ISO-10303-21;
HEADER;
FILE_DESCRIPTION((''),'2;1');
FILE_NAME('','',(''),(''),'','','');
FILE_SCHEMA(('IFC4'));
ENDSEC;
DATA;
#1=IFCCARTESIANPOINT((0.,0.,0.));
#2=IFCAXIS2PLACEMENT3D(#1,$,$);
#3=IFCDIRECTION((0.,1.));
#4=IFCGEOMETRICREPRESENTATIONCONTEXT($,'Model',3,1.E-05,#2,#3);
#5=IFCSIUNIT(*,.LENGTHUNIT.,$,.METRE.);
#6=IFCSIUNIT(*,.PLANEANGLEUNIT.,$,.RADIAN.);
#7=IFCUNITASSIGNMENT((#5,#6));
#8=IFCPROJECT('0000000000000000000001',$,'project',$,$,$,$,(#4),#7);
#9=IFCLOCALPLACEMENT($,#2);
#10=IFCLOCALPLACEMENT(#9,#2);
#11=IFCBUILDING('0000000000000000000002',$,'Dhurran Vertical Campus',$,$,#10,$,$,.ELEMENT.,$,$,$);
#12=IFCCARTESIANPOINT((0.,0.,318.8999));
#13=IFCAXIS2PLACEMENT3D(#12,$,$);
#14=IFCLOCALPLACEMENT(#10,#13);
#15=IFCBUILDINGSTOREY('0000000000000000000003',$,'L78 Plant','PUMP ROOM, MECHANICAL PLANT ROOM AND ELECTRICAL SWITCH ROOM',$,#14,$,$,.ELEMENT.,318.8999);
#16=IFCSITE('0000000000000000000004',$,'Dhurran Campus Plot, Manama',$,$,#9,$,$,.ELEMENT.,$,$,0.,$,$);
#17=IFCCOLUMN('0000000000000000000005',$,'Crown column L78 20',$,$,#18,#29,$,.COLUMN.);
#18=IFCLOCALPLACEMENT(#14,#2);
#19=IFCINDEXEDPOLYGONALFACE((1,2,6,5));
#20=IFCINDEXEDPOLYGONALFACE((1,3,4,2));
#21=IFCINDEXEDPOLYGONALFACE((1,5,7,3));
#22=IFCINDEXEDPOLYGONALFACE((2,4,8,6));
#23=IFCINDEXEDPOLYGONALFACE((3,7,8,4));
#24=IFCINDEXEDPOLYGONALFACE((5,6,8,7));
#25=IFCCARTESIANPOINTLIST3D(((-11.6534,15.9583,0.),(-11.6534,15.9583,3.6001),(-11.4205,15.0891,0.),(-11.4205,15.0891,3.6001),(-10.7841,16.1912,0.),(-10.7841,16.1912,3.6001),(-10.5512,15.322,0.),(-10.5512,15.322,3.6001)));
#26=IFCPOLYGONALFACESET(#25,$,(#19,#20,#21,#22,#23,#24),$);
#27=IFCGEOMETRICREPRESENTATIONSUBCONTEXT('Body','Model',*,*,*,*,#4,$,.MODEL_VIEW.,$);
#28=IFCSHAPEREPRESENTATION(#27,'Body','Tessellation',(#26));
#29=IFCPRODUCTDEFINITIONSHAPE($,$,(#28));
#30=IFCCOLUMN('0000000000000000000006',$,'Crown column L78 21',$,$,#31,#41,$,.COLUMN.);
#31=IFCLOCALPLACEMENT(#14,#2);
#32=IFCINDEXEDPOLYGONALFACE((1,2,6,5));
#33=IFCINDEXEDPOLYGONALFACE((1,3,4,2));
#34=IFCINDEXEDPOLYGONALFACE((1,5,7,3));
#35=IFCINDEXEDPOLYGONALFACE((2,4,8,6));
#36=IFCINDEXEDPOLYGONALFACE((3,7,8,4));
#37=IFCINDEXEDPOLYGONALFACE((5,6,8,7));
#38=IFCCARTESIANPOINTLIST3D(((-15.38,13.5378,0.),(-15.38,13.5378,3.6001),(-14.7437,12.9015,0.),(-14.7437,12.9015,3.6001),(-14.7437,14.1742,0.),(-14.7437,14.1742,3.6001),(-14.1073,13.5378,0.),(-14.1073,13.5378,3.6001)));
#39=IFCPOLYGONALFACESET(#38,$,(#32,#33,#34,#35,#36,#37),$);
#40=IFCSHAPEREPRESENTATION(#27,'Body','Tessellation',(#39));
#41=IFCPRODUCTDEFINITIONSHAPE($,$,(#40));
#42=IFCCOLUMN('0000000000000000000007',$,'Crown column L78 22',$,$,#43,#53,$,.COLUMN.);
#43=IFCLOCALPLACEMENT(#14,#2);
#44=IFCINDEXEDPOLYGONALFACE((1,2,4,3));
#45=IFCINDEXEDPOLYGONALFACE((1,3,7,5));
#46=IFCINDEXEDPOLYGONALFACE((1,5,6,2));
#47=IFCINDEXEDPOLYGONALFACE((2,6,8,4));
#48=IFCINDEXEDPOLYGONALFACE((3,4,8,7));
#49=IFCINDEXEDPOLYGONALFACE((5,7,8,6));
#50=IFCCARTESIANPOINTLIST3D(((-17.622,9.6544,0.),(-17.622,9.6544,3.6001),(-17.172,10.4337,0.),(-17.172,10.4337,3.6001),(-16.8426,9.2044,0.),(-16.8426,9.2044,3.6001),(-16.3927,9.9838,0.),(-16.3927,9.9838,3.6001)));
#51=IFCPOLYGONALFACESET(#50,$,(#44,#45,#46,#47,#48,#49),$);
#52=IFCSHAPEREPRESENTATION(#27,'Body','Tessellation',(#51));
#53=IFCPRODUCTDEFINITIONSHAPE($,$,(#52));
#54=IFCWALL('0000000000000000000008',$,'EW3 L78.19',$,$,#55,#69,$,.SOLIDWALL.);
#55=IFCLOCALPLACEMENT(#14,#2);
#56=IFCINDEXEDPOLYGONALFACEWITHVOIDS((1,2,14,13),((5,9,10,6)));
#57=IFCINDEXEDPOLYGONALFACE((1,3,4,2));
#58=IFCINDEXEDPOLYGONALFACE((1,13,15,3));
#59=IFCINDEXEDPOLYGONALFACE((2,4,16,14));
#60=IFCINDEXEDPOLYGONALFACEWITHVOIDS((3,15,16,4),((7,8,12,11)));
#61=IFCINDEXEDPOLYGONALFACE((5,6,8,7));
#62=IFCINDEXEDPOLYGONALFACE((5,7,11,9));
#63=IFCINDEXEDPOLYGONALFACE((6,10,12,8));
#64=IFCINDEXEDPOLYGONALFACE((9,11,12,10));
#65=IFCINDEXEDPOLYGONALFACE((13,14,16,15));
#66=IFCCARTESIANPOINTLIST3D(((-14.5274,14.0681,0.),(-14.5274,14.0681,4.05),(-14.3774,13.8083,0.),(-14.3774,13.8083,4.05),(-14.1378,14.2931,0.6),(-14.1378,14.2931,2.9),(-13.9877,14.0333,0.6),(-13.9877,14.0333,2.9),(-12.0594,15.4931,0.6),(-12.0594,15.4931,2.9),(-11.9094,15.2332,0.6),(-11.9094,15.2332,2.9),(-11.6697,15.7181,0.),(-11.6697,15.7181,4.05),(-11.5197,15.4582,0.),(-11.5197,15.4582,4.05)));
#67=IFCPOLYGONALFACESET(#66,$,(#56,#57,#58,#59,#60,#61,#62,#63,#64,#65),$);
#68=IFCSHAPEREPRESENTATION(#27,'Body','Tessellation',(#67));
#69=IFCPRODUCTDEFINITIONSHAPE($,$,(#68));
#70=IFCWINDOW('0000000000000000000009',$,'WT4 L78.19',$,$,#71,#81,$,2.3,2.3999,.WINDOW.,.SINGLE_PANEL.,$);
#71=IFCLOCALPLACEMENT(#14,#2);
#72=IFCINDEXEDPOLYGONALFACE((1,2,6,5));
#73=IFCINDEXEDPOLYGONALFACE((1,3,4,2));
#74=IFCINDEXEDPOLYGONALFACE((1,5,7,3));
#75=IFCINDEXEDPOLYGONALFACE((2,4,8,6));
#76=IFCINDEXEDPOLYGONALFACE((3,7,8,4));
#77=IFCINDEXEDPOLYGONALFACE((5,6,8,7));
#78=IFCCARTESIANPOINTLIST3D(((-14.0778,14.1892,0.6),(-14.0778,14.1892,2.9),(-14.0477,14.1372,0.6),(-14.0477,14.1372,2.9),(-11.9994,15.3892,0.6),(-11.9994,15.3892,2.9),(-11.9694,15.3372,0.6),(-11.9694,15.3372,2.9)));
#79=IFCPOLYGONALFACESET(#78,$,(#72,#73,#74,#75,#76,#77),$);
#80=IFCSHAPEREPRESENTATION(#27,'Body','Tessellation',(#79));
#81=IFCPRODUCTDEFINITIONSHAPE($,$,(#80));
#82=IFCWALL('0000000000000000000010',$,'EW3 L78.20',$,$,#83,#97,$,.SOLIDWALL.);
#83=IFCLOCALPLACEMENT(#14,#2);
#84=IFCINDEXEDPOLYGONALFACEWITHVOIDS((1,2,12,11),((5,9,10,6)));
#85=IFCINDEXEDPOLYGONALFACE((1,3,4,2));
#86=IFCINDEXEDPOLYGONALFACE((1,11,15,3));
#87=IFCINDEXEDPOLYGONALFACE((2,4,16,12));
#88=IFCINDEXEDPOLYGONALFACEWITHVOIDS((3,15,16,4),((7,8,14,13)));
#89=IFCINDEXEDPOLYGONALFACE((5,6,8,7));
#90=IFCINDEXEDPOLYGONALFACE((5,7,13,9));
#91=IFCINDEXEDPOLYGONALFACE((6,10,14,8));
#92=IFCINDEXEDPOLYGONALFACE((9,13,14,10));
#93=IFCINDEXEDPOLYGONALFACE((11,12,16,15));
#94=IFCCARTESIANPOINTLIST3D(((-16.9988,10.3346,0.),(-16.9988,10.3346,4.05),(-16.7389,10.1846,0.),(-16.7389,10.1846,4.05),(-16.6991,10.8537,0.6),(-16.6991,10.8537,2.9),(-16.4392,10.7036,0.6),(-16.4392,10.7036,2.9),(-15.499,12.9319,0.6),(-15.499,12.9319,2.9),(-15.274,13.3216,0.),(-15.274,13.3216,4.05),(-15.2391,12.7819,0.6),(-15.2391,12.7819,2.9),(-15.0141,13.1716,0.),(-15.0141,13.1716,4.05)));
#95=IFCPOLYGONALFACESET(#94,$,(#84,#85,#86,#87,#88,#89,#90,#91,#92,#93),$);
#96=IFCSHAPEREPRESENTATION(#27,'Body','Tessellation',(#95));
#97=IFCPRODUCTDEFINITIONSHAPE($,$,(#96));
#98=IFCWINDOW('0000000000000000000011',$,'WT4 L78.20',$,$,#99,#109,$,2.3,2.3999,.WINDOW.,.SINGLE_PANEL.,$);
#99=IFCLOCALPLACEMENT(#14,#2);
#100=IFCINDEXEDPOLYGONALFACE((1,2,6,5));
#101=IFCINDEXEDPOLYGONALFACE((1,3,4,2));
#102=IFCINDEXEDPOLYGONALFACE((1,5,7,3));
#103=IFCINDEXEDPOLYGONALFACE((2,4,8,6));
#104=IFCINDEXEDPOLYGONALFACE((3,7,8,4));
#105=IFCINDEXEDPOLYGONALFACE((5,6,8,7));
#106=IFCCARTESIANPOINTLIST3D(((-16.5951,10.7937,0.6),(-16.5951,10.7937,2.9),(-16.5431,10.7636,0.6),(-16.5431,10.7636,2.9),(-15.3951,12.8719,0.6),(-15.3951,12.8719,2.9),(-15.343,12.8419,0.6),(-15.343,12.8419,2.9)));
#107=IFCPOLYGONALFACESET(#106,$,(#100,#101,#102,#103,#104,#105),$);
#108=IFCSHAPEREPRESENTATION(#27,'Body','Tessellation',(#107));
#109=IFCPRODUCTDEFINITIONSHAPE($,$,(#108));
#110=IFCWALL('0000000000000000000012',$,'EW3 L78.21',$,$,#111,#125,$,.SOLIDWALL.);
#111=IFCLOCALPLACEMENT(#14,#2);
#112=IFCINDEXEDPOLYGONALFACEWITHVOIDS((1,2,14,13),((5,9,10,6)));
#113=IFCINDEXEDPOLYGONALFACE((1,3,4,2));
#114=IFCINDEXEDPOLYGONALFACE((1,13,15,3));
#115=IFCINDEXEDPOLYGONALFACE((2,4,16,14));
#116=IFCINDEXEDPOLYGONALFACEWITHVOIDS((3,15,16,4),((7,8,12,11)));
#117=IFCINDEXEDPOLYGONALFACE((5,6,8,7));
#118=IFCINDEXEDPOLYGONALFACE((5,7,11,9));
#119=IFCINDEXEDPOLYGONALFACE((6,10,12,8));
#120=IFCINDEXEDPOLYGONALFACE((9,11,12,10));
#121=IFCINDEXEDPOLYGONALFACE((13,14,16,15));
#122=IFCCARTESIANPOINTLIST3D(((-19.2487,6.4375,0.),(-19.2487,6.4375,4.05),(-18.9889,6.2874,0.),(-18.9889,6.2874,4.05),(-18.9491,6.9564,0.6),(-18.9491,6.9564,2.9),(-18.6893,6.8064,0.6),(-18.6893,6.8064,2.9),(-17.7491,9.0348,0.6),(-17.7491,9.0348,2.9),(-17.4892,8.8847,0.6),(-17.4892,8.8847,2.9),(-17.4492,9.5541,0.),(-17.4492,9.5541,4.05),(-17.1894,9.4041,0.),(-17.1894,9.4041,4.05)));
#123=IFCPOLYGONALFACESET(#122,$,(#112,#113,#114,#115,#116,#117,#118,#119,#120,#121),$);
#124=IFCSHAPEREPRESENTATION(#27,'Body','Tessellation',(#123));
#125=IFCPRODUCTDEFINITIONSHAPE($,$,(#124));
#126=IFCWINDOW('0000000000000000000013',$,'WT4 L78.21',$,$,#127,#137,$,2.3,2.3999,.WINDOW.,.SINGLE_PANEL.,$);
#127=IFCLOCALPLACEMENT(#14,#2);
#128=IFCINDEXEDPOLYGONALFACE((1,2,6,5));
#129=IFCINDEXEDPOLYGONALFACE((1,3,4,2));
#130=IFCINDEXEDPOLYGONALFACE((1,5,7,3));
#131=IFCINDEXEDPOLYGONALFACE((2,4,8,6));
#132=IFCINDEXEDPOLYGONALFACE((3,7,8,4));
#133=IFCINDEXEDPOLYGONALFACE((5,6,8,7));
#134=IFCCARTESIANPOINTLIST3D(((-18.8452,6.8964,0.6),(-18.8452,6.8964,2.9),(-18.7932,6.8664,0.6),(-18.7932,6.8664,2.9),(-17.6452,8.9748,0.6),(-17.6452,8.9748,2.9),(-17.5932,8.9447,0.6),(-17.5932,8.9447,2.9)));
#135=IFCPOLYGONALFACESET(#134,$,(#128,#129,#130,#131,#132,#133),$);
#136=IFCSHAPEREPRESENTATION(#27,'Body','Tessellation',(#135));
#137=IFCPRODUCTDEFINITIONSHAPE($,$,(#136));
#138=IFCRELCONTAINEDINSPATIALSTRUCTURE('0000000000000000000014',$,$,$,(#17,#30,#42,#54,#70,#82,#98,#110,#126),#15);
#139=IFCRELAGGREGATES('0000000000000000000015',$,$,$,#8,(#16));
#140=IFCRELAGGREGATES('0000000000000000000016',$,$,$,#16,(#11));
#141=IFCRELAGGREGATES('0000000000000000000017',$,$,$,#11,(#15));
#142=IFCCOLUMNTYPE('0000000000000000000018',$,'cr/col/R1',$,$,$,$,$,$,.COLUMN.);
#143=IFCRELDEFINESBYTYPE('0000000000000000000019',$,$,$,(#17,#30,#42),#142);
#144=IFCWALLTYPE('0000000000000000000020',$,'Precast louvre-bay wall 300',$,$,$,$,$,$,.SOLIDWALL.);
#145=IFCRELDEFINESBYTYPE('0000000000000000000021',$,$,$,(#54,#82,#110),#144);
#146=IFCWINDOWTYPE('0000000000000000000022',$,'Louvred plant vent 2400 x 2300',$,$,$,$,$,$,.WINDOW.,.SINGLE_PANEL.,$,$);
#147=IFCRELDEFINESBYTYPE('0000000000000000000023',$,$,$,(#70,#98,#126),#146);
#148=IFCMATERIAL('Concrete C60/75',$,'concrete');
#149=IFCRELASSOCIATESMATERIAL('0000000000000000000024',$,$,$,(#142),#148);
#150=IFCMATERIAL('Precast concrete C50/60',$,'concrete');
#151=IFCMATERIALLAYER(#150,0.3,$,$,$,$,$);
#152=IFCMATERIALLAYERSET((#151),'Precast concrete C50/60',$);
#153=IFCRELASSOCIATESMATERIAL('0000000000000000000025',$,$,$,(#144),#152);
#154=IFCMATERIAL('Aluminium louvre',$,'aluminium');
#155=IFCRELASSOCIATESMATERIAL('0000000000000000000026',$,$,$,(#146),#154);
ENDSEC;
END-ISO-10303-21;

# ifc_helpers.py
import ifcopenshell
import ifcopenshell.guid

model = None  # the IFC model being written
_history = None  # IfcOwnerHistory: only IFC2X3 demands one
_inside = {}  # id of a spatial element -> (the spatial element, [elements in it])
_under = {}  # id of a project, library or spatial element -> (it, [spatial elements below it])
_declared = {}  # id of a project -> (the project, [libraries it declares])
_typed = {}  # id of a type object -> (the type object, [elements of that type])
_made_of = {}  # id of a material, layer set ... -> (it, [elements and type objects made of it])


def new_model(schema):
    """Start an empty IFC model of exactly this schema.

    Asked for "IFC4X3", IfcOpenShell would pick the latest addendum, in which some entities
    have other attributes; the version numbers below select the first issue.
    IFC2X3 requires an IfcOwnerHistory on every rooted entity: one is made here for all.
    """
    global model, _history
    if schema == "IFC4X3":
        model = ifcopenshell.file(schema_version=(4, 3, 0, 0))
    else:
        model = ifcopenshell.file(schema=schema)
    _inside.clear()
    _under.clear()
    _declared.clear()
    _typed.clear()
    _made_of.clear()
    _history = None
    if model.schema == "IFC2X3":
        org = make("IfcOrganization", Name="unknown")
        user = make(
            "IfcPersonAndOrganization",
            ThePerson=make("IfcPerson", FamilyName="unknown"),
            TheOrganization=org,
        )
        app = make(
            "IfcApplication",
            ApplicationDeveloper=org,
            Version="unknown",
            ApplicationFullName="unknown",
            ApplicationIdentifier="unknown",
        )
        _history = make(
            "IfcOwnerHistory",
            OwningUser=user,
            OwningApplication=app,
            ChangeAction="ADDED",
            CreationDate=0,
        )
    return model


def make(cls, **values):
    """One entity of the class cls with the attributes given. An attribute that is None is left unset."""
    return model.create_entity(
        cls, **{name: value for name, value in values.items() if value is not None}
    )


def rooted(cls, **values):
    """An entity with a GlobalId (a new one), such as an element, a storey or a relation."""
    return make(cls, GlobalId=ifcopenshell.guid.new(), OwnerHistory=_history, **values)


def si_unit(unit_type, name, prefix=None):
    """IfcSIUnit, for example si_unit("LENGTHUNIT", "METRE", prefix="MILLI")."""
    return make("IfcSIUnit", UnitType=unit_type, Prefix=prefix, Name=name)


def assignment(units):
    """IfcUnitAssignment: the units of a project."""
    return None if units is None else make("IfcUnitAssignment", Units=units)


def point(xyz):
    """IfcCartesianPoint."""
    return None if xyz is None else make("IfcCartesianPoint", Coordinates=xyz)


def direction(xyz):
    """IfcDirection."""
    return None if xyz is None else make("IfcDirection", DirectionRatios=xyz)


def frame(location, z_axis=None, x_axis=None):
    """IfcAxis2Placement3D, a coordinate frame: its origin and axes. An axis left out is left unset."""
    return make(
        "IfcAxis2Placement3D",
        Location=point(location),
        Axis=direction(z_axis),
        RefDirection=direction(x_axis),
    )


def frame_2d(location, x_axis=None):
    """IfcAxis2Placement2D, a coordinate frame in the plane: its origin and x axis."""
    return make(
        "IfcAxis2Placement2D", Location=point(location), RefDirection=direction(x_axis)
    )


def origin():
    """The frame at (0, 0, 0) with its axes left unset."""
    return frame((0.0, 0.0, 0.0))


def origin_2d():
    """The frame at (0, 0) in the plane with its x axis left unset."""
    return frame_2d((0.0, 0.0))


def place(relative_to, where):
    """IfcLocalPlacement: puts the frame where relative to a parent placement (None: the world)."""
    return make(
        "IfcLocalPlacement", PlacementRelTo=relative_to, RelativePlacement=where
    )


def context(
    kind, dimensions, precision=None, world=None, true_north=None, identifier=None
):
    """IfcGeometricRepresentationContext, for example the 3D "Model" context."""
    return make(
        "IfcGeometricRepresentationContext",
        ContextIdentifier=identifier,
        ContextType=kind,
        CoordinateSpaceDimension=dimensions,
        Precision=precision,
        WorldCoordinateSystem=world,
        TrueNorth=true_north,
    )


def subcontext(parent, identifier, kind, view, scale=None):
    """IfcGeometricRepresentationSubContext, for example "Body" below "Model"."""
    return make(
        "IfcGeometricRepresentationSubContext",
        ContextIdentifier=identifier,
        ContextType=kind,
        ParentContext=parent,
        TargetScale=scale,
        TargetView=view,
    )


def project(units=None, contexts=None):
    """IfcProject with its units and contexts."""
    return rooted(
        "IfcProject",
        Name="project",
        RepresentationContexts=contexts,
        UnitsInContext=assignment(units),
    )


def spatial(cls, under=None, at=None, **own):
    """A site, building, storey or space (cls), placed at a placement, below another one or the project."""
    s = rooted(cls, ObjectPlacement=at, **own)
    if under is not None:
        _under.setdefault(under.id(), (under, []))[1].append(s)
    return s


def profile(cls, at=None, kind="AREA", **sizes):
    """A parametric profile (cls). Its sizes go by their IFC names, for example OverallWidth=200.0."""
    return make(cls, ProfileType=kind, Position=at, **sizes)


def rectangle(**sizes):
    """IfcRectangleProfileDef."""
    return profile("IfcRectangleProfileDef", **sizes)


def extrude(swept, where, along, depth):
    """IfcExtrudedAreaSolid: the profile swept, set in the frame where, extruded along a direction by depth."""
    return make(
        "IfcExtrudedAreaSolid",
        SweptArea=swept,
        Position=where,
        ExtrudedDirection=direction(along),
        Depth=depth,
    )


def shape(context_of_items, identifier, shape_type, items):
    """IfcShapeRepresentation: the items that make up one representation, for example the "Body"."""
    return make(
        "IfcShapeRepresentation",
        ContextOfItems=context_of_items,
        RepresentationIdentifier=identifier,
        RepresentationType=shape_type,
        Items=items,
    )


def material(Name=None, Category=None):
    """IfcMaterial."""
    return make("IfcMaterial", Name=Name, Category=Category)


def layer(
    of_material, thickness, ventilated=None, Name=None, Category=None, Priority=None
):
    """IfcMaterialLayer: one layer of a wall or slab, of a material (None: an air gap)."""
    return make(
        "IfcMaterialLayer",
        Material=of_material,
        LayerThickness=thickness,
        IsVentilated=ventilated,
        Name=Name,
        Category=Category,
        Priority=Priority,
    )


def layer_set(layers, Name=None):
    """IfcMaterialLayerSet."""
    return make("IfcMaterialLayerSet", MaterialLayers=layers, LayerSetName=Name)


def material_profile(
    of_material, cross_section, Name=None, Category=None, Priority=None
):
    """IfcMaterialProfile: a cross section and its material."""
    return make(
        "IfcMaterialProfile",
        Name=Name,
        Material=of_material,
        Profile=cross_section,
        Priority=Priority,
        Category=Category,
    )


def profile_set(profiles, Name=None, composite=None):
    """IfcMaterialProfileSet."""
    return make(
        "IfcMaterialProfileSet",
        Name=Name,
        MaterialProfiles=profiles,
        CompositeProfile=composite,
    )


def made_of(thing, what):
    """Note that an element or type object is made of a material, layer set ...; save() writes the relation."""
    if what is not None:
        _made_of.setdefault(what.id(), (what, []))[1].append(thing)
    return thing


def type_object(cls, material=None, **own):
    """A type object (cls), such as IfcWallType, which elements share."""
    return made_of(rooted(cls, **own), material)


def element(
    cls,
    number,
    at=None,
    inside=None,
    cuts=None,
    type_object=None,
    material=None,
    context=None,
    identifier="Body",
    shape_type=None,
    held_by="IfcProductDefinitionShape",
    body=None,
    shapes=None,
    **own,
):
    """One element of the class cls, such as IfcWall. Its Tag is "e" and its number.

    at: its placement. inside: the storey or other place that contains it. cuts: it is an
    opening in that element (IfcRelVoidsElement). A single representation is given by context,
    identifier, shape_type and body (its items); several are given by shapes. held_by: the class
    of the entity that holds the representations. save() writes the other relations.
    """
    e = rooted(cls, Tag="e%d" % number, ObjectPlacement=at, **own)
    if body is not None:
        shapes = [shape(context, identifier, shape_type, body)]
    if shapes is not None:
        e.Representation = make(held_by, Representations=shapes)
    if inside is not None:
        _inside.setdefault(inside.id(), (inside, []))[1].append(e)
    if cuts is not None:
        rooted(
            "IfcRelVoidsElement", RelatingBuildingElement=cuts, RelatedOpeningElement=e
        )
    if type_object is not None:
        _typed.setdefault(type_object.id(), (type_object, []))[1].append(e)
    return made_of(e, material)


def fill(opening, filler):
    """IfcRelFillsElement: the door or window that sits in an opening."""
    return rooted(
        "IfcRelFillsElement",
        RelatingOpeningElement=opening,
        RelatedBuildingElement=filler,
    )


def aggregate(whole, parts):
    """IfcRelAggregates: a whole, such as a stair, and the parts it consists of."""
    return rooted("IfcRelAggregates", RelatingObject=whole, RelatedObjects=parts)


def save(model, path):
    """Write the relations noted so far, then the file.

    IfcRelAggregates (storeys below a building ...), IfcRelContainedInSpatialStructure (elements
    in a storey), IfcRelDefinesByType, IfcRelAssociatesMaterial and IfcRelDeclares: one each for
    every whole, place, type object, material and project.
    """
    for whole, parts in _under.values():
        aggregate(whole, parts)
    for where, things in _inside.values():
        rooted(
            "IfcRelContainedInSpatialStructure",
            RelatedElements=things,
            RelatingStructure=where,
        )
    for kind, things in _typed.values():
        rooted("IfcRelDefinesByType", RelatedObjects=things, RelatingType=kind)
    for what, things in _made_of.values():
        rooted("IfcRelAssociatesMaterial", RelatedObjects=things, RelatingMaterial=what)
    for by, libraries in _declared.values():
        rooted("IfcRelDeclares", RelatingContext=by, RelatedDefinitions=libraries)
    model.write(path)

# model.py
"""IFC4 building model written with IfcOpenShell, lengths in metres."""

from ifc_helpers import new_model, si_unit, direction, frame, frame_2d, origin, origin_2d, place, context, subcontext, project, spatial, rectangle, extrude, material, layer, layer_set, material_profile, profile_set, type_object, element, fill, save


model = new_model("IFC4")

# Units and contexts
model_context = context("Model", 3, precision=1e-05, world=origin(), true_north=direction((0.0, 1.0)))
body_context = subcontext(model_context, "Body", "Model", "MODEL_VIEW")
ifc_project = project(units=[si_unit("LENGTHUNIT", "METRE"), si_unit("PLANEANGLEUNIT", "RADIAN")], contexts=[model_context])

# Site, building, storey
site_placement = place(None, origin())
site = spatial("IfcSite", under=ifc_project, at=site_placement, Name="Dhurran Campus Plot, Manama", CompositionType="ELEMENT", RefElevation=0.0)
building_placement = place(site_placement, origin())
building = spatial("IfcBuilding", under=site, at=building_placement, Name="Dhurran Vertical Campus", CompositionType="ELEMENT")
storey_placement = place(building_placement, frame((0.0, 0.0, 318.8999)))
storey = spatial("IfcBuildingStorey", under=building, at=storey_placement, Name="L78 Plant", Description="PUMP ROOM, MECHANICAL PLANT ROOM AND ELECTRICAL SWITCH ROOM", CompositionType="ELEMENT", Elevation=318.8999)

# Columns
ifc_material_1 = material(Name="Concrete C60/75", Category="concrete")
ifc_material_profile = material_profile(ifc_material_1, rectangle(XDim=0.8999, YDim=0.8999, at=origin_2d()), Name="cr/col/R1")
ifc_profile_set = profile_set([ifc_material_profile], Name="Concrete C60/75")
column_type = type_object("IfcColumnType", Name="cr/col/R1", PredefinedType="COLUMN", material=ifc_profile_set)
for number, where, z_axis, x_axis, name in (
    (1, (-11.1023, 15.6401, 0.0), (0.0, 0.0, 1.0), (-0.965926, -0.258819, 0.0), "Crown column L78 20"),
    (2, (-14.7437, 13.5378, 0.0), (0.0, 0.0, 1.0), (-0.707107, -0.707107, 0.0), "Crown column L78 21"),
    (3, (-17.0073, 9.8191, 0.0), (0.0, 0.0, 1.0), (-0.5, -0.866025, 0.0), "Crown column L78 22"),
):
    element("IfcColumn", number, at=place(storey_placement, frame(where, z_axis=z_axis, x_axis=x_axis)), inside=storey, type_object=column_type, Name=name, PredefinedType="COLUMN", context=body_context, shape_type="SweptSolid", body=[
        extrude(rectangle(XDim=0.8999, YDim=0.8999, at=origin_2d()), origin(), (0.0, 0.0, 1.0), 3.6001),
    ])

# Walls, openings, windows
ifc_material_2 = material(Name="Precast concrete C50/60", Category="concrete")
ifc_layer_1 = layer(ifc_material_2, 0.3)
ifc_layer_set_1 = layer_set([ifc_layer_1], Name="Precast concrete C50/60")
wall_type_1 = type_object("IfcWallType", Name="Precast louvre-bay wall 300", PredefinedType="SOLIDWALL", material=ifc_layer_set_1)
wall_1_placement = place(storey_placement, frame((-11.5947, 15.5881, 0.0), z_axis=(0.0, 0.0, 1.0), x_axis=(-0.866022, -0.500006, 0.0)))
wall_1 = element("IfcWall", 4, at=wall_1_placement, inside=storey, type_object=wall_type_1, Name="EW3 L78.19", PredefinedType="SOLIDWALL", context=body_context, shape_type="SweptSolid", body=[
    extrude(rectangle(XDim=3.2998, YDim=0.3, at=frame_2d((1.6499, 0.0))), origin(), (0.0, 0.0, 1.0), 4.05),
])
opening_1_placement = place(wall_1_placement, frame((0.45, 0.0, 0.6001)))
opening_1 = element("IfcOpeningElement", 5, at=opening_1_placement, cuts=wall_1, PredefinedType="OPENING", context=body_context, shape_type="SweptSolid", body=[
    extrude(rectangle(XDim=2.3999, YDim=2.3, at=frame_2d((1.2, 1.1499))), frame((0.0, 0.1599, 0.0), z_axis=(0.0, -1.0, 0.0), x_axis=(1.0, 0.0, 0.0)), (0.0, 0.0, 1.0), 0.3201),
])
ifc_material_3 = material(Name="Aluminium louvre", Category="aluminium")
window_type = type_object("IfcWindowType", Name="Louvred plant vent 2400 x 2300", PartitioningType="SINGLE_PANEL", PredefinedType="WINDOW", material=ifc_material_3)
window_1_placement = place(opening_1_placement, origin())
window_1 = element("IfcWindow", 6, at=window_1_placement, inside=storey, type_object=window_type, Name="WT4 L78.19", OverallHeight=2.3, OverallWidth=2.3999, PartitioningType="SINGLE_PANEL", PredefinedType="WINDOW", context=body_context, shape_type="SweptSolid", body=[
    extrude(rectangle(XDim=2.3999, YDim=2.3, at=frame_2d((1.2, 1.1499))), frame((0.0, 0.03, 0.0), z_axis=(0.0, -1.0, 0.0), x_axis=(1.0, 0.0, 0.0)), (0.0, 0.0, 1.0), 0.0601),
])
fill(opening_1, window_1)
wall_2_placement = place(storey_placement, frame((-15.144, 13.2466, 0.0), z_axis=(0.0, 0.0, 1.0), x_axis=(-0.500059, -0.865991, 0.0)))
wall_2 = element("IfcWall", 7, at=wall_2_placement, inside=storey, type_object=wall_type_1, Name="EW3 L78.20", PredefinedType="SOLIDWALL", context=body_context, shape_type="SweptSolid", body=[
    extrude(rectangle(XDim=3.4492, YDim=0.3, at=frame_2d((1.7246, 0.0))), origin(), (0.0, 0.0, 1.0), 4.05),
])
opening_2_placement = place(wall_2_placement, frame((0.45, 0.0, 0.6001)))
opening_2 = element("IfcOpeningElement", 8, at=opening_2_placement, cuts=wall_2, PredefinedType="OPENING", context=body_context, shape_type="SweptSolid", body=[
    extrude(rectangle(XDim=2.3999, YDim=2.3, at=frame_2d((1.2, 1.1499))), frame((0.0, 0.1599, 0.0), z_axis=(0.0, -1.0, 0.0), x_axis=(1.0, 0.0, 0.0)), (0.0, 0.0, 1.0), 0.3201),
])
window_2_placement = place(opening_2_placement, origin())
window_2 = element("IfcWindow", 9, at=window_2_placement, inside=storey, type_object=window_type, Name="WT4 L78.20", OverallHeight=2.3, OverallWidth=2.3999, PartitioningType="SINGLE_PANEL", PredefinedType="WINDOW", context=body_context, shape_type="SweptSolid", body=[
    extrude(rectangle(XDim=2.3999, YDim=2.3, at=frame_2d((1.2, 1.1499))), frame((0.0, 0.03, 0.0), z_axis=(0.0, -1.0, 0.0), x_axis=(1.0, 0.0, 0.0)), (0.0, 0.0, 1.0), 0.0601),
])
fill(opening_2, window_2)
wall_3_placement = place(storey_placement, frame((-17.3193, 9.479, 0.0), z_axis=(0.0, 0.0, 1.0), x_axis=(-0.500028, -0.866009, 0.0)))
wall_3 = element("IfcWall", 10, at=wall_3_placement, inside=storey, type_object=wall_type_1, Name="EW3 L78.21", PredefinedType="SOLIDWALL", context=body_context, shape_type="SweptSolid", body=[
    extrude(rectangle(XDim=3.5989, YDim=0.3, at=frame_2d((1.7993, 0.0))), origin(), (0.0, 0.0, 1.0), 4.05),
])
opening_3_placement = place(wall_3_placement, frame((0.5996, 0.0, 0.6001)))
opening_3 = element("IfcOpeningElement", 11, at=opening_3_placement, cuts=wall_3, PredefinedType="OPENING", context=body_context, shape_type="SweptSolid", body=[
    extrude(rectangle(XDim=2.3999, YDim=2.3, at=frame_2d((1.2, 1.1499))), frame((0.0, 0.1599, 0.0), z_axis=(0.0, -1.0, 0.0), x_axis=(1.0, 0.0, 0.0)), (0.0, 0.0, 1.0), 0.3201),
])
window_3_placement = place(opening_3_placement, origin())
window_3 = element("IfcWindow", 12, at=window_3_placement, inside=storey, type_object=window_type, Name="WT4 L78.21", OverallHeight=2.3, OverallWidth=2.3999, PartitioningType="SINGLE_PANEL", PredefinedType="WINDOW", context=body_context, shape_type="SweptSolid", body=[
    extrude(rectangle(XDim=2.3999, YDim=2.3, at=frame_2d((1.2, 1.1499))), frame((0.0, 0.03, 0.0), z_axis=(0.0, -1.0, 0.0), x_axis=(1.0, 0.0, 0.0)), (0.0, 0.0, 1.0), 0.0601),
])
fill(opening_3, window_3)

save(model, "model.ifc")
